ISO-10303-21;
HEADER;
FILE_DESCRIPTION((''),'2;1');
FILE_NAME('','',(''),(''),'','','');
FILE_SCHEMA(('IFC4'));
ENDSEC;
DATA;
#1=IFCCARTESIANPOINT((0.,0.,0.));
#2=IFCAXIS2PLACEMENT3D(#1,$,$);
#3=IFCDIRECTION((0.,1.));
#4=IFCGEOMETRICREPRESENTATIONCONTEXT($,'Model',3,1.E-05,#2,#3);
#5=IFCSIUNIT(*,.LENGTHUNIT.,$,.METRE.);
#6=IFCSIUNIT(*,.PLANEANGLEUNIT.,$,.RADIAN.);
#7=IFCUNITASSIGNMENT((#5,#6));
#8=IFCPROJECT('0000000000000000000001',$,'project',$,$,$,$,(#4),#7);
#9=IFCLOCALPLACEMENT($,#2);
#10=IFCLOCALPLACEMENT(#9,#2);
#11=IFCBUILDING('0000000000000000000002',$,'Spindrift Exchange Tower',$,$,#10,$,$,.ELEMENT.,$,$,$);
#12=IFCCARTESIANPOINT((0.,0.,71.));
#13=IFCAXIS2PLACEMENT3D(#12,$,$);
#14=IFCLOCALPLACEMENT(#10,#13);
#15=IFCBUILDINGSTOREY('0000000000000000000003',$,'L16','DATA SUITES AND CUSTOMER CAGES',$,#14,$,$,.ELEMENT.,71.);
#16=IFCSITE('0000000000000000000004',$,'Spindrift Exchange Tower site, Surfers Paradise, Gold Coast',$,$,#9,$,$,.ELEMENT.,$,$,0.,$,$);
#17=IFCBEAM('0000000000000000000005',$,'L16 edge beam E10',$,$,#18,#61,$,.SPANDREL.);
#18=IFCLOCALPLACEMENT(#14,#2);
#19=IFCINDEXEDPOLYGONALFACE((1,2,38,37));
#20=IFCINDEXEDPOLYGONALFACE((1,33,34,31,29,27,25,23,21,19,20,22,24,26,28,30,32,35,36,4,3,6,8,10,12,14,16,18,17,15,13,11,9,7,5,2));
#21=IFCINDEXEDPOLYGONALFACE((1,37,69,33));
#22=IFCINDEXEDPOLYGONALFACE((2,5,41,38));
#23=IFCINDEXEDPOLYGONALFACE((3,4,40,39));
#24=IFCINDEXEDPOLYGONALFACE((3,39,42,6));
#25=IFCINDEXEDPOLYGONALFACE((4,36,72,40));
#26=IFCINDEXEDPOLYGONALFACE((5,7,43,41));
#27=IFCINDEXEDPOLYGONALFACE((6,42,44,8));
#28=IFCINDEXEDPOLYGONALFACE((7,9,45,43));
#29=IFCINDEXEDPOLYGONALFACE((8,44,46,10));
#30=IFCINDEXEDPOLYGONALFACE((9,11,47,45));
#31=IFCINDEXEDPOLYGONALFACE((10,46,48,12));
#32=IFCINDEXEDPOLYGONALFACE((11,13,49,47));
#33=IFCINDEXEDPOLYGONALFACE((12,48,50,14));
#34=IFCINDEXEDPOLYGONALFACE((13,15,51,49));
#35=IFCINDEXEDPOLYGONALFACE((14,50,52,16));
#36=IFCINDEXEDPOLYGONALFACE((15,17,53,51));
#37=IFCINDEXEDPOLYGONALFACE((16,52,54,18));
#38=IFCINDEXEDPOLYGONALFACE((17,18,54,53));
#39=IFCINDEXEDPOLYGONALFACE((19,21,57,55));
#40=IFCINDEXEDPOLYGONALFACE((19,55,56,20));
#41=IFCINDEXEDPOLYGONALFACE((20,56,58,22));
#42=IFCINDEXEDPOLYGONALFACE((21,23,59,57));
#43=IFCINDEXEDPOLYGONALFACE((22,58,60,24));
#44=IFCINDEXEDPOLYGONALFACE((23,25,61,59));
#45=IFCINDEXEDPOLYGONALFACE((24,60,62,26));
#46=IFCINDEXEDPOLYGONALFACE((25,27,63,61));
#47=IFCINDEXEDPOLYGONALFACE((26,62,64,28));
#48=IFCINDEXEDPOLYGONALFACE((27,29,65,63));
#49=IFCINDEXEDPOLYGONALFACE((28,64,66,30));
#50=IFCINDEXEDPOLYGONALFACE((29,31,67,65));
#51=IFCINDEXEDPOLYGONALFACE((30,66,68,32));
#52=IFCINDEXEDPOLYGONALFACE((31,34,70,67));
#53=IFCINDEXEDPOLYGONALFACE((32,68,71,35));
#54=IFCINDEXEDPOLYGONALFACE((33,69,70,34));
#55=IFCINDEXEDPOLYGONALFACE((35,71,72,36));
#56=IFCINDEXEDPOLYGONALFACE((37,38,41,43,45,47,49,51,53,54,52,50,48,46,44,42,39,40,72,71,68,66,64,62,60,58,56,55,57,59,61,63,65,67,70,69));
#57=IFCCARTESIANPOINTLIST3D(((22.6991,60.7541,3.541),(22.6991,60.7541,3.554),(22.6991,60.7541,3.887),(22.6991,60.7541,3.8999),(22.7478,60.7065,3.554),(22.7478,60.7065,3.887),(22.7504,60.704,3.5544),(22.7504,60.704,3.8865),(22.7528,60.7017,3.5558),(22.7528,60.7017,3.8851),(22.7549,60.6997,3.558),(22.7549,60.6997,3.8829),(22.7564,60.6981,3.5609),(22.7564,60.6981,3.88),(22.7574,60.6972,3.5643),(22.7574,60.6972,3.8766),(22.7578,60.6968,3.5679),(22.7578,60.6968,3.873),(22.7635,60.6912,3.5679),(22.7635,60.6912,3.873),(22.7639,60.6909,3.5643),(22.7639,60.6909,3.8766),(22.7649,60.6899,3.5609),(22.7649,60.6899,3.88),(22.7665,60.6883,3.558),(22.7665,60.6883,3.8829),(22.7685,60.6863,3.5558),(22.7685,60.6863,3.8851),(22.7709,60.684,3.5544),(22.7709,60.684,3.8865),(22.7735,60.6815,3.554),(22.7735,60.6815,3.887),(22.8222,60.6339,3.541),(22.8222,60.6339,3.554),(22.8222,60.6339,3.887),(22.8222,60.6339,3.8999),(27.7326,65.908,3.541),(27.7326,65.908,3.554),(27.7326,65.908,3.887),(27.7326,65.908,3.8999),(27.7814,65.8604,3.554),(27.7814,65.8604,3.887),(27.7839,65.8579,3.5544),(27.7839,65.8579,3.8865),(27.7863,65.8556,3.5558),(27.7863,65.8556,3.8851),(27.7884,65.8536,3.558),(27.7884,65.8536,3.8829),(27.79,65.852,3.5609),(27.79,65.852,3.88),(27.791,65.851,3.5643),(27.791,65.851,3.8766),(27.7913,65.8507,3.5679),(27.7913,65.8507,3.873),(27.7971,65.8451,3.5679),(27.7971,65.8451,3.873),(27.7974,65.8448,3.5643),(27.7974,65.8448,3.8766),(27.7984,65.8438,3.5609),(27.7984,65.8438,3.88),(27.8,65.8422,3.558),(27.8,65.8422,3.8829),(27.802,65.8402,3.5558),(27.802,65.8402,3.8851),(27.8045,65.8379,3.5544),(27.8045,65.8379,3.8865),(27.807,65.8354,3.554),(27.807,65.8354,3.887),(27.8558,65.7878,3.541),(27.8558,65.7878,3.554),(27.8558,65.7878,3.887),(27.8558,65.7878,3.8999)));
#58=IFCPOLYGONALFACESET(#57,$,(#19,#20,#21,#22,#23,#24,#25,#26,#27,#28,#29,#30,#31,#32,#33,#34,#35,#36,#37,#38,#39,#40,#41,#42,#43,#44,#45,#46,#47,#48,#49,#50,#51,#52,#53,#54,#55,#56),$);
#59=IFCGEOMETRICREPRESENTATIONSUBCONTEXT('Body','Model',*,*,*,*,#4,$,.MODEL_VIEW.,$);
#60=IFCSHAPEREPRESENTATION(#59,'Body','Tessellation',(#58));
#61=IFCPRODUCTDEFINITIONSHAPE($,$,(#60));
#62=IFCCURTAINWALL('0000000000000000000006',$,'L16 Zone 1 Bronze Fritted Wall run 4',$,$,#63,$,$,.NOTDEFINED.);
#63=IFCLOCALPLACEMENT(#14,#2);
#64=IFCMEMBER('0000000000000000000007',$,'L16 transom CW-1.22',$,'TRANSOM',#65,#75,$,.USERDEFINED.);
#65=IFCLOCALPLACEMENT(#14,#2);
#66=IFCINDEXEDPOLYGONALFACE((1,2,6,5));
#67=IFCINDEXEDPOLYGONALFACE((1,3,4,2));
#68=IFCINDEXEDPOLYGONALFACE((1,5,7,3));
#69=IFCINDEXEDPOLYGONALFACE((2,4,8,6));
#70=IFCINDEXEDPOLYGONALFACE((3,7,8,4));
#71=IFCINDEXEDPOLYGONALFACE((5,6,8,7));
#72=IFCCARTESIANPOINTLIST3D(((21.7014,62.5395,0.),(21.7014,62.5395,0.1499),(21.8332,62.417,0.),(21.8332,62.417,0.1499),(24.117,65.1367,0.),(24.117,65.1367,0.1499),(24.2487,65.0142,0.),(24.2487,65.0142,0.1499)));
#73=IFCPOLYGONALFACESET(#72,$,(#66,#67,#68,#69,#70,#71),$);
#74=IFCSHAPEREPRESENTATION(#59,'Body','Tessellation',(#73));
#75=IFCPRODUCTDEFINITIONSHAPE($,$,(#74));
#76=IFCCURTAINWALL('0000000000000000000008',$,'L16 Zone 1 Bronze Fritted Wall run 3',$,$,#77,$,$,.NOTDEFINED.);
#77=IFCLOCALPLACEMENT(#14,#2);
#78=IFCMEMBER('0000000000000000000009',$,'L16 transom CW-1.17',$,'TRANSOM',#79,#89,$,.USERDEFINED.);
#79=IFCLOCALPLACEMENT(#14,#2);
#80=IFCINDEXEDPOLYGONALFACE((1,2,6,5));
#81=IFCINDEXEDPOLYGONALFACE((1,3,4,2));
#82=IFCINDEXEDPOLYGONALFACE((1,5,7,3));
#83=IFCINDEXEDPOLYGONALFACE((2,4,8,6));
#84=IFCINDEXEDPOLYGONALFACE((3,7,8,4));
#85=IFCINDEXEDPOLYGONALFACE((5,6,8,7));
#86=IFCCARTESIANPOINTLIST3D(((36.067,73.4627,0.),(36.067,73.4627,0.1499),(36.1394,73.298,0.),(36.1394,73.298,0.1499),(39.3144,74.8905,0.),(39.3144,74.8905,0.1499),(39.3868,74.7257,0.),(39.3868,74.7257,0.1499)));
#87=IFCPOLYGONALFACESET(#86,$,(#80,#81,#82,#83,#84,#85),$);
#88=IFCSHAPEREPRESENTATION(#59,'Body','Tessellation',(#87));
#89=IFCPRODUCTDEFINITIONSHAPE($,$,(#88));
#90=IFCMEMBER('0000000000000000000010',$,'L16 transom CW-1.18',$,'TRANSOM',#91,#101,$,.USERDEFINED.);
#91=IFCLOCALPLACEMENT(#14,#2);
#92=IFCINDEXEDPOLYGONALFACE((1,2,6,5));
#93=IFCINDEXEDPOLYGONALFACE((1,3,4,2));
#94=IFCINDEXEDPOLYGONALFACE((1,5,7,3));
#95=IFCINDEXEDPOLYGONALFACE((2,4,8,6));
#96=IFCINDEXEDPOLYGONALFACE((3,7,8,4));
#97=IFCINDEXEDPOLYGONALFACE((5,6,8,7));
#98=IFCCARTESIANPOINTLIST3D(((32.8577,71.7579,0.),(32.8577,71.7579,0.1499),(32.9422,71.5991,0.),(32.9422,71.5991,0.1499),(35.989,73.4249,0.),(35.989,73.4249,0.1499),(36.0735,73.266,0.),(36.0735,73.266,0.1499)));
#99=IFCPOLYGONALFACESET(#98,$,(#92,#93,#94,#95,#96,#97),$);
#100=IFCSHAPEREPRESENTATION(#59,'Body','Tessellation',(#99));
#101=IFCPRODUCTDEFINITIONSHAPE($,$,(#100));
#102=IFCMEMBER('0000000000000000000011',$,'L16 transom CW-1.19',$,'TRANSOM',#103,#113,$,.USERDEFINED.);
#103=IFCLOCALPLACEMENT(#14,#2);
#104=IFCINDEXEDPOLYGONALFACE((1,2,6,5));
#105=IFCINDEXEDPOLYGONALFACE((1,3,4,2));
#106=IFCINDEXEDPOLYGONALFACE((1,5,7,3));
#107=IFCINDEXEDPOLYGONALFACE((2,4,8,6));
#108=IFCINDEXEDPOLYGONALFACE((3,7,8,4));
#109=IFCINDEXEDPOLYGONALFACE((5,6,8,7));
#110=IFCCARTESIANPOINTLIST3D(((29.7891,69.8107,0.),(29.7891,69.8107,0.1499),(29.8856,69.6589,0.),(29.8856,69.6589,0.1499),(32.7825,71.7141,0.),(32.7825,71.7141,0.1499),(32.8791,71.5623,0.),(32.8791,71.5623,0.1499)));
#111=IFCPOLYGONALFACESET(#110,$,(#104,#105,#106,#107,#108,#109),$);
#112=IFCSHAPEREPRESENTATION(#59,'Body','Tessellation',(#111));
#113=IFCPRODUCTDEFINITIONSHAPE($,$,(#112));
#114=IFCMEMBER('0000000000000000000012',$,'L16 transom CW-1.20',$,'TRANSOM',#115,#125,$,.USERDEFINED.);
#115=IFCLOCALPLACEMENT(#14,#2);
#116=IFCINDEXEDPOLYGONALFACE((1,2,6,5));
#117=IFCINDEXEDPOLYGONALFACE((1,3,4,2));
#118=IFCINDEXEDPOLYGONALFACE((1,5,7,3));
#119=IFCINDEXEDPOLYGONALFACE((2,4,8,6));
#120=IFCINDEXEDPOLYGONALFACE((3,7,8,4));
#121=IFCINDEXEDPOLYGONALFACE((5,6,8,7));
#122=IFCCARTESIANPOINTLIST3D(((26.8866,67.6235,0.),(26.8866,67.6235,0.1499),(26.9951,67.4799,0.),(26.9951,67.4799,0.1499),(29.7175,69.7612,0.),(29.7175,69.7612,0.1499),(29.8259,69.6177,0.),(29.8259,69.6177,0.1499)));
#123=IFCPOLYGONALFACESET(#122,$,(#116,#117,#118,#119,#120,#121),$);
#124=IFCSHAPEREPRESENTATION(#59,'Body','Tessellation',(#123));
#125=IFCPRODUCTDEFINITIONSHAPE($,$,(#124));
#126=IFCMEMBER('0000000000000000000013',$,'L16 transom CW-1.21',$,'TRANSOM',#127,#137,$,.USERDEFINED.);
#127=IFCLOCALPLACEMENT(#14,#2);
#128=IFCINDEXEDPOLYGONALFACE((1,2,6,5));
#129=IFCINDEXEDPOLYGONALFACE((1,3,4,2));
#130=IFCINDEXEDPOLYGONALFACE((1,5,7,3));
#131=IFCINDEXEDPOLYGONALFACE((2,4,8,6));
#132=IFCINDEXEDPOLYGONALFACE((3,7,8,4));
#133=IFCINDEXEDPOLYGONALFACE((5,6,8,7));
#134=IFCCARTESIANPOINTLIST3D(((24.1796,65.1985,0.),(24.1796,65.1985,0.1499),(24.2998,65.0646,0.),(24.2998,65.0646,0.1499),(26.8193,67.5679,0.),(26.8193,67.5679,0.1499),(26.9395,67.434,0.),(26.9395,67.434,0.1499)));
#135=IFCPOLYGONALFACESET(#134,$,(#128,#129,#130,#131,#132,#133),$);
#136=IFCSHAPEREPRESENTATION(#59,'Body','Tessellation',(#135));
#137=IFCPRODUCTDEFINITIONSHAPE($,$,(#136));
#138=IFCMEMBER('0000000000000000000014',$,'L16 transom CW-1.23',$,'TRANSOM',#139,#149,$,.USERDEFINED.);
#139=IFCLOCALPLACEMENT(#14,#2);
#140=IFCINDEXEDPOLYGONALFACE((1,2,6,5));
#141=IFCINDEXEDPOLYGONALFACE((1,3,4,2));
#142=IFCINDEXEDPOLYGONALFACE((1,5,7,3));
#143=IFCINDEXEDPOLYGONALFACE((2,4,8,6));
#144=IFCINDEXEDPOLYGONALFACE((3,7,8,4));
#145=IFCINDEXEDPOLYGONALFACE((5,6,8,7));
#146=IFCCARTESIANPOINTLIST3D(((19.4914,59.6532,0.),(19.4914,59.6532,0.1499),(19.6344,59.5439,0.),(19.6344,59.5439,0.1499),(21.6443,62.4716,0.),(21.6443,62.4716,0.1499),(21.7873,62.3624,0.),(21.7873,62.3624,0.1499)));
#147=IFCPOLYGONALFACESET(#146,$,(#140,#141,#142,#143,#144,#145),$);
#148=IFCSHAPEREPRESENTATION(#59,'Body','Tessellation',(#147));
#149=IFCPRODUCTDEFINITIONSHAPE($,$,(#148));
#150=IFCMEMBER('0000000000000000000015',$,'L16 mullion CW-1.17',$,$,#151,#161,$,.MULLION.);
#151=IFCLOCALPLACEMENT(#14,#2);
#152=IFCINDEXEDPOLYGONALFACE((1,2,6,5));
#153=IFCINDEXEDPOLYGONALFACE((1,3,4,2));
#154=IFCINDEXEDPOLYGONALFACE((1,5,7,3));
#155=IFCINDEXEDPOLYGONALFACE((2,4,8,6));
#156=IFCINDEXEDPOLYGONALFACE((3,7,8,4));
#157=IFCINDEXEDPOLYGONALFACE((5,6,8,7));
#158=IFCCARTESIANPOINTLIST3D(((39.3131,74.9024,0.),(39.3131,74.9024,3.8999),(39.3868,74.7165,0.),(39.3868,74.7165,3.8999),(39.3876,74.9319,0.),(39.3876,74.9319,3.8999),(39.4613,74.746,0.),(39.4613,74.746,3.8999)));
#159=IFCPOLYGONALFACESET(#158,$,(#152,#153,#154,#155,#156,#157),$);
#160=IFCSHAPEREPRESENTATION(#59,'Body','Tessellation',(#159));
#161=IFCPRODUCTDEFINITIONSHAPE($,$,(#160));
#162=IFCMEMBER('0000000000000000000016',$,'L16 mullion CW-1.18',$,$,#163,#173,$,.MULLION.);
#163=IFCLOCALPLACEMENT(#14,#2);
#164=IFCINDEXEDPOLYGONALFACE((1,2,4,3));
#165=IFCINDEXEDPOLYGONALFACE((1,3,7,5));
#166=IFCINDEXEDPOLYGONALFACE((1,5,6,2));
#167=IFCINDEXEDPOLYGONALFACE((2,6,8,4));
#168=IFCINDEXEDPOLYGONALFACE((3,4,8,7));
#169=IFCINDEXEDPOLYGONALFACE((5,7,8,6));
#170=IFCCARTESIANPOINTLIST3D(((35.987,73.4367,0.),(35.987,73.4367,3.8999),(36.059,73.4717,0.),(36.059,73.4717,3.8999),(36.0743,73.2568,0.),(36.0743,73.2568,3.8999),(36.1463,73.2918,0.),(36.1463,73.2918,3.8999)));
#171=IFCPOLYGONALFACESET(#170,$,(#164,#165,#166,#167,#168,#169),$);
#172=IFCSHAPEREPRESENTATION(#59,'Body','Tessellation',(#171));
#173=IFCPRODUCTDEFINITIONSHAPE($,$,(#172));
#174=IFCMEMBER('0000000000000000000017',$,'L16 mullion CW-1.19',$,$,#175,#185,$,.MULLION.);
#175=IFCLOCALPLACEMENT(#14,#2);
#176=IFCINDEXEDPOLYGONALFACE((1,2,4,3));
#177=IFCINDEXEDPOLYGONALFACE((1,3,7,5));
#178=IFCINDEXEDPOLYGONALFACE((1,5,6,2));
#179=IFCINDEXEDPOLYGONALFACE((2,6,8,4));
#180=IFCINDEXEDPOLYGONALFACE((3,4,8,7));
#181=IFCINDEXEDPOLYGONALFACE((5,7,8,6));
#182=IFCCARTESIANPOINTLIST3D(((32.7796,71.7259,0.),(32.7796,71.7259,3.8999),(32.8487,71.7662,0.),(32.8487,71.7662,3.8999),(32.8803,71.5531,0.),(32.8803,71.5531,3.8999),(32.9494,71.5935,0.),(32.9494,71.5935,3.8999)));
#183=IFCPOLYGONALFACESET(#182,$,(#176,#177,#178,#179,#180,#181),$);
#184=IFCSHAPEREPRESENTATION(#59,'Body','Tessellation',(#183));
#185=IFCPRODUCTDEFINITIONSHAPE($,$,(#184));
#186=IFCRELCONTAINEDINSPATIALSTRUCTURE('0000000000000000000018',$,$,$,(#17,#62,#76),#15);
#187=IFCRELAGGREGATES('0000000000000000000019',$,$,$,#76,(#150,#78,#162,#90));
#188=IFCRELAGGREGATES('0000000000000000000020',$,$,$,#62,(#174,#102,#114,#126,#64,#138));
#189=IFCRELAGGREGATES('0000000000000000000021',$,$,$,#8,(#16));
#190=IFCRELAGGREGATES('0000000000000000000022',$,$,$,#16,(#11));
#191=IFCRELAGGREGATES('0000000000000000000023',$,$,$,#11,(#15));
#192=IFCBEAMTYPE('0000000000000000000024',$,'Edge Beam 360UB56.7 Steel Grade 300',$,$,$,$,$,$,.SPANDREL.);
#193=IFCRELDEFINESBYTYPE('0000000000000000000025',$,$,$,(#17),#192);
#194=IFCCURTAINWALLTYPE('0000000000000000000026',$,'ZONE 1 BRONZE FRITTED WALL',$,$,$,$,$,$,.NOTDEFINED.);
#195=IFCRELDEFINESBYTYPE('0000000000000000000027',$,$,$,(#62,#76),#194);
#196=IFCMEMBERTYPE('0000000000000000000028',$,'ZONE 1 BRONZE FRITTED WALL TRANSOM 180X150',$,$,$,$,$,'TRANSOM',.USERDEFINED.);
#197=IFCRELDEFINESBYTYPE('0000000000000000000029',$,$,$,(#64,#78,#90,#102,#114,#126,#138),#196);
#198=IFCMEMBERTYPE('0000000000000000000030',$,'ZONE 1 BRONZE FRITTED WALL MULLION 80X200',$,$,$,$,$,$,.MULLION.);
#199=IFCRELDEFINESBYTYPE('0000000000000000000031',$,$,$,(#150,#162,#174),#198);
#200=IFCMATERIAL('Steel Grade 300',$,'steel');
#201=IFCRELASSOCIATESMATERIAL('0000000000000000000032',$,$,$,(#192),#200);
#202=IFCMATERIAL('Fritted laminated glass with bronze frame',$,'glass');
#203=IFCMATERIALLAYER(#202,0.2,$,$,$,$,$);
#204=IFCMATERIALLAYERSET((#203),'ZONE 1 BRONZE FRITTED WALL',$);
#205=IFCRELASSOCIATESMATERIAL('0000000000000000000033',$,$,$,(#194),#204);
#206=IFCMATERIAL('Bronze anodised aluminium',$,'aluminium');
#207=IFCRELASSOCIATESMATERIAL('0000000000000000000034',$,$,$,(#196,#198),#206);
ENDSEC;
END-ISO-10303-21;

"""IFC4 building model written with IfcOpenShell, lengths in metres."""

from ifc_helpers import new_model, si_unit, direction, frame, origin, origin_2d, place, context, subcontext, project, spatial, rectangle, i_section, extrude, source, transform, mapped, material, layer, layer_set, material_profile, profile_set, type_object, element, aggregate, save


model = new_model("IFC4")

# Units and contexts
model_context = context("Model", 3, precision=1e-05, world=origin(), true_north=direction((0.0, 1.0)))
body_context = subcontext(model_context, "Body", "Model", "MODEL_VIEW")
ifc_project = project(units=[si_unit("LENGTHUNIT", "METRE"), si_unit("PLANEANGLEUNIT", "RADIAN")], contexts=[model_context])

# Site, building, storey
site_placement = place(None, origin())
site = spatial("IfcSite", under=ifc_project, at=site_placement, Name="Spindrift Exchange Tower site, Surfers Paradise, Gold Coast", CompositionType="ELEMENT", RefElevation=0.0)
building_placement = place(site_placement, origin())
building = spatial("IfcBuilding", under=site, at=building_placement, Name="Spindrift Exchange Tower", CompositionType="ELEMENT")
storey_placement = place(building_placement, frame((0.0, 0.0, 71.0)))
storey = spatial("IfcBuildingStorey", under=building, at=storey_placement, Name="L16", Description="DATA SUITES AND CUSTOMER CAGES", CompositionType="ELEMENT", Elevation=71.0)

# Beam
ifc_material_1 = material(Name="Steel Grade 300", Category="steel")
ifc_material_profile_1 = material_profile(ifc_material_1, i_section(OverallWidth=0.1721, OverallDepth=0.3589, WebThickness=0.0081, FlangeThickness=0.0129, FilletRadius=0.0139, at=origin_2d()), Name="360UB56.7")
ifc_profile_set_1 = profile_set([ifc_material_profile_1], Name="Steel Grade 300")
beam_type = type_object("IfcBeamType", Name="Edge Beam 360UB56.7 Steel Grade 300", PredefinedType="SPANDREL", material=ifc_profile_set_1)
shared_shape_1 = source(origin(), body_context, "Body", "SweptSolid", [
    extrude(i_section(OverallWidth=0.1721, OverallDepth=0.3589, WebThickness=0.0081, FlangeThickness=0.0129, FilletRadius=0.0139, at=origin_2d()), origin(), (0.0, 0.0, 1.0), 7.2041),
])
beam_1_placement = place(storey_placement, frame((27.7942, 65.8479, 3.7205), z_axis=(-0.698704, -0.715411, 0.0), x_axis=(0.715411, -0.698704, 0.0)))
element("IfcBeam", 1, at=beam_1_placement, inside=storey, type_object=beam_type, Name="L16 edge beam E10", PredefinedType="SPANDREL", context=body_context, shape_type="MappedRepresentation", body=[
    mapped(shared_shape_1, transform((0.0, 0.0, 0.0), scale=1.0)),
])

# Curtain wall, member
ifc_material_2 = material(Name="Fritted laminated glass with bronze frame", Category="glass")
ifc_layer_1 = layer(ifc_material_2, 0.2)
ifc_layer_set_1 = layer_set([ifc_layer_1], Name="ZONE 1 BRONZE FRITTED WALL")
curtain_wall_type = type_object("IfcCurtainWallType", Name="ZONE 1 BRONZE FRITTED WALL", PredefinedType="NOTDEFINED", material=ifc_layer_set_1)
curtain_wall_1_placement = place(storey_placement, origin())
curtain_wall_1 = element("IfcCurtainWall", 2, at=curtain_wall_1_placement, inside=storey, type_object=curtain_wall_type, Name="L16 Zone 1 Bronze Fritted Wall run 4", PredefinedType="NOTDEFINED")
ifc_material_3 = material(Name="Bronze anodised aluminium", Category="aluminium")
ifc_material_profile_2 = material_profile(ifc_material_3, rectangle(XDim=0.1799, YDim=0.1499, at=origin_2d()), Name="ZONE 1 BRONZE FRITTED WALL TRANSOM 180X150")
ifc_profile_set_2 = profile_set([ifc_material_profile_2], Name="Bronze anodised aluminium")
member_type_1 = type_object("IfcMemberType", Name="ZONE 1 BRONZE FRITTED WALL TRANSOM 180X150", ElementType="TRANSOM", PredefinedType="USERDEFINED", material=ifc_profile_set_2)
shared_shape_2 = source(origin(), body_context, "Body", "SweptSolid", [
    extrude(rectangle(XDim=0.1799, YDim=0.1499, at=origin_2d()), origin(), (0.0, 0.0, 1.0), 3.5469),
])
member_1_placement = place(storey_placement, frame((24.1829, 65.0754, 0.075), z_axis=(-0.681037, -0.732249, 0.0), x_axis=(0.732249, -0.681037, 0.0)))
member_1 = element("IfcMember", 3, at=member_1_placement, type_object=member_type_1, Name="L16 transom CW-1.22", ObjectType="TRANSOM", PredefinedType="USERDEFINED", context=body_context, shape_type="MappedRepresentation", body=[
    mapped(shared_shape_2, transform((0.0, 0.0, 0.0), scale=1.0)),
])

# Curtain wall, members
curtain_wall_2_placement = place(storey_placement, origin())
curtain_wall_2 = element("IfcCurtainWall", 4, at=curtain_wall_2_placement, inside=storey, type_object=curtain_wall_type, Name="L16 Zone 1 Bronze Fritted Wall run 3", PredefinedType="NOTDEFINED")
shared_shape_3 = source(origin(), body_context, "Body", "SweptSolid", [
    extrude(rectangle(XDim=0.1799, YDim=0.1499, at=origin_2d()), origin(), (0.0, 0.0, 1.0), 3.5474),
])
member_2_placement = place(storey_placement, frame((39.3506, 74.8081, 0.075), z_axis=(-0.915428, -0.402483, 0.0), x_axis=(0.402483, -0.915428, 0.0)))
member_2 = element("IfcMember", 5, at=member_2_placement, type_object=member_type_1, Name="L16 transom CW-1.17", ObjectType="TRANSOM", PredefinedType="USERDEFINED", context=body_context, shape_type="MappedRepresentation", body=[
    mapped(shared_shape_3, transform((0.0, 0.0, 0.0), scale=1.0)),
])
member_3_placement = place(storey_placement, frame((36.0312, 73.3455, 0.075), z_axis=(-0.882711, -0.469917, 0.0), x_axis=(0.469917, -0.882711, 0.0)))
member_3 = element("IfcMember", 6, at=member_3_placement, type_object=member_type_1, Name="L16 transom CW-1.18", ObjectType="TRANSOM", PredefinedType="USERDEFINED", context=body_context, shape_type="MappedRepresentation", body=[
    mapped(shared_shape_3, transform((0.0, 0.0, 0.0), scale=1.0)),
])

# Members
member_4_placement = place(storey_placement, frame((32.8308, 71.6382, 0.075), z_axis=(-0.843863, -0.536559, 0.0), x_axis=(0.536559, -0.843863, 0.0)))
member_4 = element("IfcMember", 7, at=member_4_placement, type_object=member_type_1, Name="L16 transom CW-1.19", ObjectType="TRANSOM", PredefinedType="USERDEFINED", context=body_context, shape_type="MappedRepresentation", body=[
    mapped(shared_shape_3, transform((0.0, 0.0, 0.0), scale=1.0)),
])
member_5_placement = place(storey_placement, frame((29.7717, 69.6895, 0.075), z_axis=(-0.798022, -0.602629, 0.0), x_axis=(0.602629, -0.798022, 0.0)))
member_5 = element("IfcMember", 8, at=member_5_placement, type_object=member_type_1, Name="L16 transom CW-1.20", ObjectType="TRANSOM", PredefinedType="USERDEFINED", context=body_context, shape_type="MappedRepresentation", body=[
    mapped(shared_shape_3, transform((0.0, 0.0, 0.0), scale=1.0)),
])
shared_shape_4 = source(origin(), body_context, "Body", "SweptSolid", [
    extrude(rectangle(XDim=0.1799, YDim=0.1499, at=origin_2d()), origin(), (0.0, 0.0, 1.0), 3.5471),
])
member_6_placement = place(storey_placement, frame((26.8794, 67.501, 0.075), z_axis=(-0.744176, -0.667983, 0.0), x_axis=(0.667983, -0.744176, 0.0)))
member_6 = element("IfcMember", 9, at=member_6_placement, type_object=member_type_1, Name="L16 transom CW-1.21", ObjectType="TRANSOM", PredefinedType="USERDEFINED", context=body_context, shape_type="MappedRepresentation", body=[
    mapped(shared_shape_4, transform((0.0, 0.0, 0.0), scale=1.0)),
])
shared_shape_5 = source(origin(), body_context, "Body", "SweptSolid", [
    extrude(rectangle(XDim=0.1799, YDim=0.1499, at=origin_2d()), origin(), (0.0, 0.0, 1.0), 3.5466),
])
member_7_placement = place(storey_placement, frame((21.7158, 62.417, 0.075), z_axis=(-0.607026, -0.794682, 0.0), x_axis=(0.794682, -0.607026, 0.0)))
member_7 = element("IfcMember", 10, at=member_7_placement, type_object=member_type_1, Name="L16 transom CW-1.23", ObjectType="TRANSOM", PredefinedType="USERDEFINED", context=body_context, shape_type="MappedRepresentation", body=[
    mapped(shared_shape_5, transform((0.0, 0.0, 0.0), scale=1.0)),
])
ifc_material_profile_3 = material_profile(ifc_material_3, rectangle(XDim=0.0801, YDim=0.2, at=origin_2d()), Name="ZONE 1 BRONZE FRITTED WALL MULLION 80X200")
ifc_profile_set_3 = profile_set([ifc_material_profile_3], Name="Bronze anodised aluminium")
member_type_2 = type_object("IfcMemberType", Name="ZONE 1 BRONZE FRITTED WALL MULLION 80X200", PredefinedType="MULLION", material=ifc_profile_set_3)
shared_shape_6 = source(origin(), body_context, "Body", "SweptSolid", [
    extrude(rectangle(XDim=0.0801, YDim=0.2, at=origin_2d()), origin(), (0.0, 0.0, 1.0), 3.8999),
])
member_8_placement = place(storey_placement, frame((39.3872, 74.8242, 0.0), z_axis=(0.0, 0.0, 1.0), x_axis=(-0.929577, -0.368627, 0.0)))
member_8 = element("IfcMember", 11, at=member_8_placement, type_object=member_type_2, Name="L16 mullion CW-1.17", PredefinedType="MULLION", context=body_context, shape_type="MappedRepresentation", body=[
    mapped(shared_shape_6, transform((0.0, 0.0, 0.0), scale=1.0)),
])
member_9_placement = place(storey_placement, frame((36.0667, 73.3643, 0.0), z_axis=(0.0, 0.0, 1.0), x_axis=(-0.899699, -0.436511, 0.0)))
member_9 = element("IfcMember", 12, at=member_9_placement, type_object=member_type_2, Name="L16 mullion CW-1.18", PredefinedType="MULLION", context=body_context, shape_type="MappedRepresentation", body=[
    mapped(shared_shape_6, transform((0.0, 0.0, 0.0), scale=1.0)),
])
member_10_placement = place(storey_placement, frame((32.8645, 71.6597, 0.0), z_axis=(0.0, 0.0, 1.0), x_axis=(-0.863938, -0.503598, 0.0)))
member_10 = element("IfcMember", 13, at=member_10_placement, type_object=member_type_2, Name="L16 mullion CW-1.19", PredefinedType="MULLION", context=body_context, shape_type="MappedRepresentation", body=[
    mapped(shared_shape_6, transform((0.0, 0.0, 0.0), scale=1.0)),
])

aggregate(curtain_wall_2, [member_8, member_2, member_9, member_3])
aggregate(curtain_wall_1, [member_10, member_4, member_5, member_6, member_1, member_7])

save(model, "model.ifc")
